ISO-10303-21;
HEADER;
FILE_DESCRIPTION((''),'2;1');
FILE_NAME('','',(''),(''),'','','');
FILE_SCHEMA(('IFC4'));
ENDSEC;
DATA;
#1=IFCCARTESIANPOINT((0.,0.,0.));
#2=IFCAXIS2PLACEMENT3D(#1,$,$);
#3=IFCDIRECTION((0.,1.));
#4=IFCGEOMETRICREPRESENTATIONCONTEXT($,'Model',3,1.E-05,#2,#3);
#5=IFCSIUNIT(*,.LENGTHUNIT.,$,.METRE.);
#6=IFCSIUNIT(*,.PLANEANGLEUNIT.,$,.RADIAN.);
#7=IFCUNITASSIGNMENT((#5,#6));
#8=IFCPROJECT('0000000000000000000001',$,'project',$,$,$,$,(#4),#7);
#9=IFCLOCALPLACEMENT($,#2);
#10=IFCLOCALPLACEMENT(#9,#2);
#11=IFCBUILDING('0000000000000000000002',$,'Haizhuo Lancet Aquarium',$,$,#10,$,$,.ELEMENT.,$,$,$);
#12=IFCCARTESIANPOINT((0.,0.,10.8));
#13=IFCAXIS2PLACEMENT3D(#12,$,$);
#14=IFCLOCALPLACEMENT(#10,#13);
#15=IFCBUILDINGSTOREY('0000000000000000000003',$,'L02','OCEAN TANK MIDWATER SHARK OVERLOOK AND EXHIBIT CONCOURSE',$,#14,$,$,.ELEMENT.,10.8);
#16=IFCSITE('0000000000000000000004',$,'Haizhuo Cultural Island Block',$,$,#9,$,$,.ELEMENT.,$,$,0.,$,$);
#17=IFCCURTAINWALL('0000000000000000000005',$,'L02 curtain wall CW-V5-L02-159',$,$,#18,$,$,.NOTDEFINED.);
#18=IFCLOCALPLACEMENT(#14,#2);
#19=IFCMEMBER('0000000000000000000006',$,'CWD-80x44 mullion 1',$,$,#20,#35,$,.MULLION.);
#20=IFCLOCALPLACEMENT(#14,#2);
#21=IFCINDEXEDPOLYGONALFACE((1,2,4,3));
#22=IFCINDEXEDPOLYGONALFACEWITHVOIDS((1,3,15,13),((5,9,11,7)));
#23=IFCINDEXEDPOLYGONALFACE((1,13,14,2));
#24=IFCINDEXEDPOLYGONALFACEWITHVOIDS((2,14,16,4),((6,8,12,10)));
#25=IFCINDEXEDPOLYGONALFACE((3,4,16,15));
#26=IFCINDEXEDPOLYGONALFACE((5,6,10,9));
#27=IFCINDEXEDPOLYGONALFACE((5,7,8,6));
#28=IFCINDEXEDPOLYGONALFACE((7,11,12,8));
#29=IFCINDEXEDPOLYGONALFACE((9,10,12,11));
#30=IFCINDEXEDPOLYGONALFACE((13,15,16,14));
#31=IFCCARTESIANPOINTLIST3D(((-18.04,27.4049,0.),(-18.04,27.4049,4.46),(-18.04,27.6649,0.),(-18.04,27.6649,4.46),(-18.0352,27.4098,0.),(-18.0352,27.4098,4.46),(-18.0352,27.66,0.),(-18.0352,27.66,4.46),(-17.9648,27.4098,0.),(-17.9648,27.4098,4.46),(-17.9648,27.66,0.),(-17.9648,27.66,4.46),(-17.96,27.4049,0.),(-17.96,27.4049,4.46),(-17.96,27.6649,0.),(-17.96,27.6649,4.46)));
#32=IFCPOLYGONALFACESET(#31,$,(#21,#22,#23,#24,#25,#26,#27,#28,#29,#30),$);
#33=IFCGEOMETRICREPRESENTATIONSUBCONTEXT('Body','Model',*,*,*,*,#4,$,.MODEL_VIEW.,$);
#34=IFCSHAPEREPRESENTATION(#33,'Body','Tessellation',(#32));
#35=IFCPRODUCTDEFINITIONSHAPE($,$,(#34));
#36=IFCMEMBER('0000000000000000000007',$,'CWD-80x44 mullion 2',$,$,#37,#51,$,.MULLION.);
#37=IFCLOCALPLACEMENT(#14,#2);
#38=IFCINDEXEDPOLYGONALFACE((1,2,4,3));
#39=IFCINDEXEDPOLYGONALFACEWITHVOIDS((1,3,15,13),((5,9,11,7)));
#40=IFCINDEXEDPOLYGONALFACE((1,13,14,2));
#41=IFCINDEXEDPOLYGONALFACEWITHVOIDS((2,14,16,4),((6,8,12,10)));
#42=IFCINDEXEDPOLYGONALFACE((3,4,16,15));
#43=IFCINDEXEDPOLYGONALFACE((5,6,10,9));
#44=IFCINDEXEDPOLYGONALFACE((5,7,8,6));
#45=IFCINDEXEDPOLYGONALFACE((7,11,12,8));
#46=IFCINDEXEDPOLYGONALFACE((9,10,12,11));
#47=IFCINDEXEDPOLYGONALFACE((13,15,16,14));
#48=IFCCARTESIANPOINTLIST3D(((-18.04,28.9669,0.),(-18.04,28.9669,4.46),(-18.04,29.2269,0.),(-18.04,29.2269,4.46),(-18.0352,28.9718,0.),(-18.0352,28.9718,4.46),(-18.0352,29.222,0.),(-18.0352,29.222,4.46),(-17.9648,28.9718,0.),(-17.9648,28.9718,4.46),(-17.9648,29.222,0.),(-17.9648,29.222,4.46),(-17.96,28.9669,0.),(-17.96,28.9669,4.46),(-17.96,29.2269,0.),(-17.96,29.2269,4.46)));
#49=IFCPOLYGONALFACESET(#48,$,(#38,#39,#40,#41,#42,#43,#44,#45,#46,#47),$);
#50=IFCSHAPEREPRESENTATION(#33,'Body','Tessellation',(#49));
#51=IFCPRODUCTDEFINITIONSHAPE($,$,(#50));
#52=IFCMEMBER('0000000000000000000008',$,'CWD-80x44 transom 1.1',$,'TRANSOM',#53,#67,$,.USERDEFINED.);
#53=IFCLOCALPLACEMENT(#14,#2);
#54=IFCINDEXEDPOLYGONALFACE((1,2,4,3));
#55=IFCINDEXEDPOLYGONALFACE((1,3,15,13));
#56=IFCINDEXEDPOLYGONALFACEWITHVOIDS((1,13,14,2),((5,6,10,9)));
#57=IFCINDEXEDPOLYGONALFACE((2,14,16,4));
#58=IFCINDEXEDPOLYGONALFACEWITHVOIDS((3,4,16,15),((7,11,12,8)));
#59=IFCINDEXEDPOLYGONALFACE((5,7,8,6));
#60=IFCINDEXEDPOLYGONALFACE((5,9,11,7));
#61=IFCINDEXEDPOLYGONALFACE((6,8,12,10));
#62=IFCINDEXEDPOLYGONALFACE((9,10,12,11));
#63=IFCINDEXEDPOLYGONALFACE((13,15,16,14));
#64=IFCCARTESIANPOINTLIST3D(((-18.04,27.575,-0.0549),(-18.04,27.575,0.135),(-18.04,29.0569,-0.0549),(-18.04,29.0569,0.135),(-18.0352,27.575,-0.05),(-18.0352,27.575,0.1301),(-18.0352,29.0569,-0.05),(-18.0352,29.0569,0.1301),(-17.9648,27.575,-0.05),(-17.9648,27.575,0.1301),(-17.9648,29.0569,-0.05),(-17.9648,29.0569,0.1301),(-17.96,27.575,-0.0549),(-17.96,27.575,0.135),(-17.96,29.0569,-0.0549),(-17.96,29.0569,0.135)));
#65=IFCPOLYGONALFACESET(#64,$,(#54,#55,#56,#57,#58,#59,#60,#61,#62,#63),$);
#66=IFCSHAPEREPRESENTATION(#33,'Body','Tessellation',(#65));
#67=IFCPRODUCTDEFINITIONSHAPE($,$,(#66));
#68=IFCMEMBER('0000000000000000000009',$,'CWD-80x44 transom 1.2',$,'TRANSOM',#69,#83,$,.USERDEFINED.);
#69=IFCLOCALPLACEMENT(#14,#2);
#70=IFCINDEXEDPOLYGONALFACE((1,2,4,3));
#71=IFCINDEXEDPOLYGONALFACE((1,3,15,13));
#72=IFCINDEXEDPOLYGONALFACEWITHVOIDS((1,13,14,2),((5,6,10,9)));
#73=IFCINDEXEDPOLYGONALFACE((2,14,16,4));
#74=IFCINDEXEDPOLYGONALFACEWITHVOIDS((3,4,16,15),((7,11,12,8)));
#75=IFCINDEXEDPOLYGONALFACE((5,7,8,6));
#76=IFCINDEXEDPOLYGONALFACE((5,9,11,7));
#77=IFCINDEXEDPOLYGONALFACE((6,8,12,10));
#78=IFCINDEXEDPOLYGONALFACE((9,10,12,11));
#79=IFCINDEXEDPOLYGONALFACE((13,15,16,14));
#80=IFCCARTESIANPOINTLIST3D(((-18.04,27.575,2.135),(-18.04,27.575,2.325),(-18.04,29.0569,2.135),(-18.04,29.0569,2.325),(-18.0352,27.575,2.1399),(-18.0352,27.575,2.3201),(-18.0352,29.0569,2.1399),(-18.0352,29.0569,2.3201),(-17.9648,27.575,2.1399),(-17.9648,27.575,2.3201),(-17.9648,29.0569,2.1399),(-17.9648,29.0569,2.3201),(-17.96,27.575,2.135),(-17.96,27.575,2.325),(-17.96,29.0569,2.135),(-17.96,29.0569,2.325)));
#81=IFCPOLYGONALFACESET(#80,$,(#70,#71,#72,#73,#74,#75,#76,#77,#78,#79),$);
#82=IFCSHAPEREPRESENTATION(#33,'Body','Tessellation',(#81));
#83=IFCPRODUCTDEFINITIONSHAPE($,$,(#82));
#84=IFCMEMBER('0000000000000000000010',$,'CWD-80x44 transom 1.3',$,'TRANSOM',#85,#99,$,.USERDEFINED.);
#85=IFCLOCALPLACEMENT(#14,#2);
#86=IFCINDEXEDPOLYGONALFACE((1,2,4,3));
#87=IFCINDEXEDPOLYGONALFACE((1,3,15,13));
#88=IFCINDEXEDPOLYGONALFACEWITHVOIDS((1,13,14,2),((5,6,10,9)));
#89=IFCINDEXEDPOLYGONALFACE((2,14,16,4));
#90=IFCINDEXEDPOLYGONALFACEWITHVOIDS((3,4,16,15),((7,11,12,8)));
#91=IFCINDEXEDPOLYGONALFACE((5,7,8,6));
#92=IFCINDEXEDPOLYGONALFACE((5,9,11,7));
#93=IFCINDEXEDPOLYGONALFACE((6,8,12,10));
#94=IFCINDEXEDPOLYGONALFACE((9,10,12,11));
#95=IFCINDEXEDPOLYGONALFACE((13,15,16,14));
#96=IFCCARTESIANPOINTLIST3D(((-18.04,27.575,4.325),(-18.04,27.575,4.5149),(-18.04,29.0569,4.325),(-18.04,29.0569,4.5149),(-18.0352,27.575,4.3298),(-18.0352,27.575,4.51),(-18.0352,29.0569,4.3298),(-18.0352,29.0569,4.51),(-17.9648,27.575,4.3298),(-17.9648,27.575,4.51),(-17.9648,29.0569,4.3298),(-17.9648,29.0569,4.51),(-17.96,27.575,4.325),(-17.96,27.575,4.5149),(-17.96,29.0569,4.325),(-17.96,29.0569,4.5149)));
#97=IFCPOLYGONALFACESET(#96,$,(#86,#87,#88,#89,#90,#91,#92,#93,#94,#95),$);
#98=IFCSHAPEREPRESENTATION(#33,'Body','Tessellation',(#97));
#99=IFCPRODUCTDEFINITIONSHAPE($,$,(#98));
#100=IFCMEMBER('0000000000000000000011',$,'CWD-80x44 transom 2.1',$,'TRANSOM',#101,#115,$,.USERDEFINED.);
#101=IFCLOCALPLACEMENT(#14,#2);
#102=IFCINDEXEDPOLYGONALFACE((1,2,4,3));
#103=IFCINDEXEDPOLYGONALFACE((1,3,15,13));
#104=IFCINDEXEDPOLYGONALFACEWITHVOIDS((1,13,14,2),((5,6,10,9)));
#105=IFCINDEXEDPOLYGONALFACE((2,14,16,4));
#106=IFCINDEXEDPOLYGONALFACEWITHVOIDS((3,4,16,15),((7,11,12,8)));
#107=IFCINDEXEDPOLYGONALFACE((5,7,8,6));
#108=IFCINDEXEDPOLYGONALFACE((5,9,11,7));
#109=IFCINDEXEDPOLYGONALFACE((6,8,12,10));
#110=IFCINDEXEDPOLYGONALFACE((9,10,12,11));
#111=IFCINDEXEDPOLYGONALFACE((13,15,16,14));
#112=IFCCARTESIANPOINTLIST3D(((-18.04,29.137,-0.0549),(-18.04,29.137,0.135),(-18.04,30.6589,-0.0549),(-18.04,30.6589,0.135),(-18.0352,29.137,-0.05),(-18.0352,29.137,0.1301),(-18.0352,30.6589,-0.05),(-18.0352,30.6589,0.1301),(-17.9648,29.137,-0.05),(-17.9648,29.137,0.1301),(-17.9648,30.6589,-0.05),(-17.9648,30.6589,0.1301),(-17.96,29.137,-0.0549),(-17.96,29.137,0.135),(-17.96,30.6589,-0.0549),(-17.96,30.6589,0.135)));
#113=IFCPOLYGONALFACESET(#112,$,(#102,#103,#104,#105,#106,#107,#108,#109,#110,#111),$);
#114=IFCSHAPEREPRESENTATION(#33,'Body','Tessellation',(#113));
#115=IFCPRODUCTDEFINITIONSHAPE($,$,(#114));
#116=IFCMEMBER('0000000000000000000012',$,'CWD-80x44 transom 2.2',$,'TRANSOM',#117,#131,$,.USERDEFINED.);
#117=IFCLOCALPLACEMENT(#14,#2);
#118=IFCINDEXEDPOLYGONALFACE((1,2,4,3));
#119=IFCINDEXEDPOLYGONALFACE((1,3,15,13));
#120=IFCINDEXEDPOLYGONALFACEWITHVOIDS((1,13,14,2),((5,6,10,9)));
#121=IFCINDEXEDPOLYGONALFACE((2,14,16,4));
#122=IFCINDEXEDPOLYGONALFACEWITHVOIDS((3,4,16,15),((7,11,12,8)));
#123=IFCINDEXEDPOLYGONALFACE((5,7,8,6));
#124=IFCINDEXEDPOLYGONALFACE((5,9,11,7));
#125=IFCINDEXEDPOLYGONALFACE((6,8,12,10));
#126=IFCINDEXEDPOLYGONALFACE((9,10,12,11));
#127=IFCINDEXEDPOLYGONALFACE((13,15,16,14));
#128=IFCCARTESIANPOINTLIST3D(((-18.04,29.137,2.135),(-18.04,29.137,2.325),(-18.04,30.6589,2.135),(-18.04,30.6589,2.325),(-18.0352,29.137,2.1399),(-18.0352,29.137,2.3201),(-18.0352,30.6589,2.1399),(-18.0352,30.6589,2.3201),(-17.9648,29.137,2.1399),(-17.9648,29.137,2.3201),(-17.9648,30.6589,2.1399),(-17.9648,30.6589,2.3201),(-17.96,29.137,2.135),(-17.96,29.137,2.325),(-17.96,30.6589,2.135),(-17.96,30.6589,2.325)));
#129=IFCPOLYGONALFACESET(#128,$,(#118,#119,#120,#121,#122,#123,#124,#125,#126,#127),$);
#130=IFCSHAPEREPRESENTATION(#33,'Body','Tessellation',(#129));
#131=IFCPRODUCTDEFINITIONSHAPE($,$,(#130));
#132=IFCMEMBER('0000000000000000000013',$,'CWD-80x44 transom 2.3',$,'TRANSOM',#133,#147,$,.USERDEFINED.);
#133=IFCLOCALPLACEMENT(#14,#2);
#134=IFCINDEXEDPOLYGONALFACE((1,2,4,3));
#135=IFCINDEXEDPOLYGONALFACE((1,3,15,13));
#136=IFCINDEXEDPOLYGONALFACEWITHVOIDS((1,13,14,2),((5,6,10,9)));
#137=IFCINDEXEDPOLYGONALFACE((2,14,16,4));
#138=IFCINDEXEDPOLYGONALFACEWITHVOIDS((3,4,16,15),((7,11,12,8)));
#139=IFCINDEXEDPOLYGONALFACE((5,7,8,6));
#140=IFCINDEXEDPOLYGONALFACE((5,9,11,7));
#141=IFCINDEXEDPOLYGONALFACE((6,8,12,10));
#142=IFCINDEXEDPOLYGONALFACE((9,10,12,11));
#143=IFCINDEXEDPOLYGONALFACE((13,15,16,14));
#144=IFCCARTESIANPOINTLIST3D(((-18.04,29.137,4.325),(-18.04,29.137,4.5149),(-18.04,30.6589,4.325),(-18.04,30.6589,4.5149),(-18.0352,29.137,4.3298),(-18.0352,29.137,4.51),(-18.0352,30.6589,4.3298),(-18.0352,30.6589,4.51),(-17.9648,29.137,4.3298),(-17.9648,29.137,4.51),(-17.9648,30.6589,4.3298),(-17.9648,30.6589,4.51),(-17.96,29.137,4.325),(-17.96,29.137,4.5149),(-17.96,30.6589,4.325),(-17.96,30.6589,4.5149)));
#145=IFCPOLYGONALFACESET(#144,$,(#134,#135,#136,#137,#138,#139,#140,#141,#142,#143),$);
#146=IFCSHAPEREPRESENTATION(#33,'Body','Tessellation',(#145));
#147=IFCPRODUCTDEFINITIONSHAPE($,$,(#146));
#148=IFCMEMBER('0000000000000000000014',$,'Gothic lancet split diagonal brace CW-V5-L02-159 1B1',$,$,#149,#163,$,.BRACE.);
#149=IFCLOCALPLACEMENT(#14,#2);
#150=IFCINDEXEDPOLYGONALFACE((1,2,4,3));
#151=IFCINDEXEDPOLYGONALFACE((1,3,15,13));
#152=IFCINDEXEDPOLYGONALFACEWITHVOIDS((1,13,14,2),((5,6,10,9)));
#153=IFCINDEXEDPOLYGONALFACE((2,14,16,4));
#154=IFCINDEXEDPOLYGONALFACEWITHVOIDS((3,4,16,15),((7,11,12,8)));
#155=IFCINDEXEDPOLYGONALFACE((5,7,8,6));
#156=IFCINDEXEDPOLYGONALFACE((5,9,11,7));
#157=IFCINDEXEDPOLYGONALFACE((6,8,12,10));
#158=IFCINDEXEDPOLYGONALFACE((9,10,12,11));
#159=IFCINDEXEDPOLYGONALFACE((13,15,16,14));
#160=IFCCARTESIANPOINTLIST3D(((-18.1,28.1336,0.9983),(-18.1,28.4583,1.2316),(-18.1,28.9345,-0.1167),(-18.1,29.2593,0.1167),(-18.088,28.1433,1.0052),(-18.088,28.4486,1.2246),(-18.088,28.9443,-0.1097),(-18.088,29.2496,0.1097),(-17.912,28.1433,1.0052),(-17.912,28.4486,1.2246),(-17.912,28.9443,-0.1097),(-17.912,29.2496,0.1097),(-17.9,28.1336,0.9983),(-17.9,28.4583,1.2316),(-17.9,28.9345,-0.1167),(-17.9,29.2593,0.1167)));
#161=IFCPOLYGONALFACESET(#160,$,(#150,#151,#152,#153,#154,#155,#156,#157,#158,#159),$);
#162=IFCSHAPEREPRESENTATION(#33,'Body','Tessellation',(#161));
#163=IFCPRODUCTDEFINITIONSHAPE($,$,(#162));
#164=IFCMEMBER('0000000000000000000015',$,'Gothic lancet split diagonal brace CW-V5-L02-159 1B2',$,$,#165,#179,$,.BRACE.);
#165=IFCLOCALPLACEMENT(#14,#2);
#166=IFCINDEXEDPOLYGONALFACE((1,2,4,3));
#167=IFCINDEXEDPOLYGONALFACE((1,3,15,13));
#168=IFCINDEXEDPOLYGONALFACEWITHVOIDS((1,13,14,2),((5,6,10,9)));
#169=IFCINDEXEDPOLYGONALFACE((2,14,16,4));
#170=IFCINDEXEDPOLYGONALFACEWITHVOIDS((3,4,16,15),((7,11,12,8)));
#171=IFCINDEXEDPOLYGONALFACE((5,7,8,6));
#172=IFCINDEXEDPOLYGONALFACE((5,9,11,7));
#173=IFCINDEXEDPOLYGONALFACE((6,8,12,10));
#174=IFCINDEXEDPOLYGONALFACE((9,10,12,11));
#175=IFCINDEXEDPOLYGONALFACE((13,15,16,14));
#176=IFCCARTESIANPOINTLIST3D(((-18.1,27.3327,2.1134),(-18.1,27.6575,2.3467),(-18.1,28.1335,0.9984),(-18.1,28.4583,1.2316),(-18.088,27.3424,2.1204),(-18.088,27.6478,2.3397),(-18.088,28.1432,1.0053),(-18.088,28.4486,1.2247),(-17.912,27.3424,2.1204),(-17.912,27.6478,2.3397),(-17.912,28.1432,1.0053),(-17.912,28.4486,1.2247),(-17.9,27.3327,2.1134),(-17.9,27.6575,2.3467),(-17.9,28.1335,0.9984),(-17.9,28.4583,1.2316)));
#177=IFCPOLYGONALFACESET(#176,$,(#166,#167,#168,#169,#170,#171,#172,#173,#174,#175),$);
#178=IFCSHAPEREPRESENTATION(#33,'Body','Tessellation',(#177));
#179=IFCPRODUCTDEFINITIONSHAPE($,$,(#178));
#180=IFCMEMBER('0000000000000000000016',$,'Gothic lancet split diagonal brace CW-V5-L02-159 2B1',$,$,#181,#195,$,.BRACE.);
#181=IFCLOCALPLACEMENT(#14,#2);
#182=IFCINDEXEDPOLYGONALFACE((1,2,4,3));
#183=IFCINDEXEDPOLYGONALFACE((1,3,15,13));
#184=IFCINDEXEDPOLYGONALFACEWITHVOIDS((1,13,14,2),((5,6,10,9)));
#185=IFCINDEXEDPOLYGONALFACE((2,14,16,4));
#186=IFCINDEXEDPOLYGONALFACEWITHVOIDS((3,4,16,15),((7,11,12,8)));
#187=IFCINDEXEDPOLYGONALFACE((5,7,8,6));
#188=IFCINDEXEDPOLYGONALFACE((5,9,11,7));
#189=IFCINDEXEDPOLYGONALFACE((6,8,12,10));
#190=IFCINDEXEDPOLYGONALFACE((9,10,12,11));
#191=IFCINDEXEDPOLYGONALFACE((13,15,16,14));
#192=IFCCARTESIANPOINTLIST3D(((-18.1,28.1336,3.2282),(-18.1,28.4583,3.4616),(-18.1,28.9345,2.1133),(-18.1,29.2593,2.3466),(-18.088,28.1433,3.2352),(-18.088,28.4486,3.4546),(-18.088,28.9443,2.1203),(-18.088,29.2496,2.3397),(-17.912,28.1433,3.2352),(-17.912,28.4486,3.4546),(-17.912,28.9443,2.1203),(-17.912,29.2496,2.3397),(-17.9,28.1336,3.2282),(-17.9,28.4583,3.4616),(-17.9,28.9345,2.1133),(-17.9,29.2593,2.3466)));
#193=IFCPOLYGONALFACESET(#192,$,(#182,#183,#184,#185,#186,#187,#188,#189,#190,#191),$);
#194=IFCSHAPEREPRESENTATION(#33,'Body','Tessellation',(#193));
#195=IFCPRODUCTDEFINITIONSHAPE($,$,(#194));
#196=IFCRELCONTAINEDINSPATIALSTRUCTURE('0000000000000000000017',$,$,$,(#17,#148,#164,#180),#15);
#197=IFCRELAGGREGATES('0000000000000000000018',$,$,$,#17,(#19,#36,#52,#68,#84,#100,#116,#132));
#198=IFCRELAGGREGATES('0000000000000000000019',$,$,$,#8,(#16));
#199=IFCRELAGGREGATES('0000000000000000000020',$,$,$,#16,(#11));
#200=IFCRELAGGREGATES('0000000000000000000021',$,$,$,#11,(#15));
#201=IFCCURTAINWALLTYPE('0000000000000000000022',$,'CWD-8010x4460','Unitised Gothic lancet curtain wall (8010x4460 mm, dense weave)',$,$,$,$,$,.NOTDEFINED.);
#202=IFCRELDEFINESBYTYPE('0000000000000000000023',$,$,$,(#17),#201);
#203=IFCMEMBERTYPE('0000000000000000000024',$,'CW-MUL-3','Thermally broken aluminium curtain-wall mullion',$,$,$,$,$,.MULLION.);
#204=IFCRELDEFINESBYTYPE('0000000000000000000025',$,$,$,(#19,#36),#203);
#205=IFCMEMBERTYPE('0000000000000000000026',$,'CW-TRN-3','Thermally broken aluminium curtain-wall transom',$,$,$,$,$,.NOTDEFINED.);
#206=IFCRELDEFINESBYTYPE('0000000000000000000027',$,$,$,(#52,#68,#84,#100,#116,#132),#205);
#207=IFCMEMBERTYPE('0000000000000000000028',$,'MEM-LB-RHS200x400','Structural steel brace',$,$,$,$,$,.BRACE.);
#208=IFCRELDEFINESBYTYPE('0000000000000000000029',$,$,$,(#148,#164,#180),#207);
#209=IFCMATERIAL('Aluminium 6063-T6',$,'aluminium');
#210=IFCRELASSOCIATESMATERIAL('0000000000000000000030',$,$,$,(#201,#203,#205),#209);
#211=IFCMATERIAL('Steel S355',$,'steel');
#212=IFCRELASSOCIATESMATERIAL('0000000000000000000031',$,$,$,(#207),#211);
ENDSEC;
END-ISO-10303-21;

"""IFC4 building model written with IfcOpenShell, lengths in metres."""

from ifc_helpers import new_model, si_unit, direction, frame, origin, origin_2d, place, context, subcontext, project, spatial, hollow_rectangle, extrude, material, material_profile, profile_set, type_object, element, aggregate, save


model = new_model("IFC4")

# Units and contexts
model_context = context("Model", 3, precision=1e-05, world=origin(), true_north=direction((0.0, 1.0)))
body_context = subcontext(model_context, "Body", "Model", "MODEL_VIEW")
ifc_project = project(units=[si_unit("LENGTHUNIT", "METRE"), si_unit("PLANEANGLEUNIT", "RADIAN")], contexts=[model_context])

# Site, building, storey
site_placement = place(None, origin())
site = spatial("IfcSite", under=ifc_project, at=site_placement, Name="Haizhuo Cultural Island Block", CompositionType="ELEMENT", RefElevation=0.0)
building_placement = place(site_placement, origin())
building = spatial("IfcBuilding", under=site, at=building_placement, Name="Haizhuo Lancet Aquarium", CompositionType="ELEMENT")
storey_placement = place(building_placement, frame((0.0, 0.0, 10.8)))
storey = spatial("IfcBuildingStorey", under=building, at=storey_placement, Name="L02", Description="OCEAN TANK MIDWATER SHARK OVERLOOK AND EXHIBIT CONCOURSE", CompositionType="ELEMENT", Elevation=10.8)

# Curtain wall, members
ifc_material_1 = material(Name="Aluminium 6063-T6", Category="aluminium")
curtain_wall_type = type_object("IfcCurtainWallType", Name="CWD-8010x4460", Description="Unitised Gothic lancet curtain wall (8010x4460 mm, dense weave)", PredefinedType="NOTDEFINED", material=ifc_material_1)
curtain_wall_placement = place(storey_placement, origin())
curtain_wall = element("IfcCurtainWall", 1, at=curtain_wall_placement, inside=storey, type_object=curtain_wall_type, Name="L02 curtain wall CW-V5-L02-159", PredefinedType="NOTDEFINED")
ifc_material_profile_1 = material_profile(ifc_material_1, hollow_rectangle(XDim=0.0801, YDim=0.26, WallThickness=0.0049, at=origin_2d()), Name="ALU-M 80x260x5")
ifc_profile_set_1 = profile_set([ifc_material_profile_1], Name="Aluminium 6063-T6")
member_type_1 = type_object("IfcMemberType", Name="CW-MUL-3", Description="Thermally broken aluminium curtain-wall mullion", PredefinedType="MULLION", material=ifc_profile_set_1)
member_1_placement = place(storey_placement, frame((-18.0, 27.5349, 0.0), z_axis=(0.0, 0.0, 1.0), x_axis=(-1.0, 0.0, 0.0)))
member_1 = element("IfcMember", 2, at=member_1_placement, type_object=member_type_1, Name="CWD-80x44 mullion 1", PredefinedType="MULLION", context=body_context, shape_type="SweptSolid", body=[
    extrude(hollow_rectangle(XDim=0.0801, YDim=0.26, WallThickness=0.0049, at=origin_2d()), origin(), (0.0, 0.0, 1.0), 4.46),
])
member_2_placement = place(storey_placement, frame((-18.0, 29.0969, 0.0), z_axis=(0.0, 0.0, 1.0), x_axis=(-1.0, 0.0, 0.0)))
member_2 = element("IfcMember", 3, at=member_2_placement, type_object=member_type_1, Name="CWD-80x44 mullion 2", PredefinedType="MULLION", context=body_context, shape_type="SweptSolid", body=[
    extrude(hollow_rectangle(XDim=0.0801, YDim=0.26, WallThickness=0.0049, at=origin_2d()), origin(), (0.0, 0.0, 1.0), 4.46),
])
ifc_material_profile_2 = material_profile(ifc_material_1, hollow_rectangle(XDim=0.0801, YDim=0.1899, WallThickness=0.0049, at=origin_2d()), Name="ALU-T 80x190x5")
ifc_profile_set_2 = profile_set([ifc_material_profile_2], Name="Aluminium 6063-T6")
member_type_2 = type_object("IfcMemberType", Name="CW-TRN-3", Description="Thermally broken aluminium curtain-wall transom", PredefinedType="NOTDEFINED", material=ifc_profile_set_2)
member_3_placement = place(storey_placement, frame((-18.0, 27.575, 0.04), z_axis=(0.0, 1.0, 0.0), x_axis=(-1.0, 0.0, 0.0)))
member_3 = element("IfcMember", 4, at=member_3_placement, type_object=member_type_2, Name="CWD-80x44 transom 1.1", ObjectType="TRANSOM", PredefinedType="USERDEFINED", context=body_context, shape_type="SweptSolid", body=[
    extrude(hollow_rectangle(XDim=0.0801, YDim=0.1899, WallThickness=0.0049, at=origin_2d()), origin(), (0.0, 0.0, 1.0), 1.4819),
])
member_4_placement = place(storey_placement, frame((-18.0, 27.575, 2.23), z_axis=(0.0, 1.0, 0.0), x_axis=(-1.0, 0.0, 0.0)))
member_4 = element("IfcMember", 5, at=member_4_placement, type_object=member_type_2, Name="CWD-80x44 transom 1.2", ObjectType="TRANSOM", PredefinedType="USERDEFINED", context=body_context, shape_type="SweptSolid", body=[
    extrude(hollow_rectangle(XDim=0.0801, YDim=0.1899, WallThickness=0.0049, at=origin_2d()), origin(), (0.0, 0.0, 1.0), 1.4819),
])
member_5_placement = place(storey_placement, frame((-18.0, 27.575, 4.4199), z_axis=(0.0, 1.0, 0.0), x_axis=(-1.0, 0.0, 0.0)))
member_5 = element("IfcMember", 6, at=member_5_placement, type_object=member_type_2, Name="CWD-80x44 transom 1.3", ObjectType="TRANSOM", PredefinedType="USERDEFINED", context=body_context, shape_type="SweptSolid", body=[
    extrude(hollow_rectangle(XDim=0.0801, YDim=0.1899, WallThickness=0.0049, at=origin_2d()), origin(), (0.0, 0.0, 1.0), 1.4819),
])
member_6_placement = place(storey_placement, frame((-18.0, 29.137, 0.04), z_axis=(0.0, 1.0, 0.0), x_axis=(-1.0, 0.0, 0.0)))
member_6 = element("IfcMember", 7, at=member_6_placement, type_object=member_type_2, Name="CWD-80x44 transom 2.1", ObjectType="TRANSOM", PredefinedType="USERDEFINED", context=body_context, shape_type="SweptSolid", body=[
    extrude(hollow_rectangle(XDim=0.0801, YDim=0.1899, WallThickness=0.0049, at=origin_2d()), origin(), (0.0, 0.0, 1.0), 1.522),
])
member_7_placement = place(storey_placement, frame((-18.0, 29.137, 2.23), z_axis=(0.0, 1.0, 0.0), x_axis=(-1.0, 0.0, 0.0)))
member_7 = element("IfcMember", 8, at=member_7_placement, type_object=member_type_2, Name="CWD-80x44 transom 2.2", ObjectType="TRANSOM", PredefinedType="USERDEFINED", context=body_context, shape_type="SweptSolid", body=[
    extrude(hollow_rectangle(XDim=0.0801, YDim=0.1899, WallThickness=0.0049, at=origin_2d()), origin(), (0.0, 0.0, 1.0), 1.522),
])
member_8_placement = place(storey_placement, frame((-18.0, 29.137, 4.4199), z_axis=(0.0, 1.0, 0.0), x_axis=(-1.0, 0.0, 0.0)))
member_8 = element("IfcMember", 9, at=member_8_placement, type_object=member_type_2, Name="CWD-80x44 transom 2.3", ObjectType="TRANSOM", PredefinedType="USERDEFINED", context=body_context, shape_type="SweptSolid", body=[
    extrude(hollow_rectangle(XDim=0.0801, YDim=0.1899, WallThickness=0.0049, at=origin_2d()), origin(), (0.0, 0.0, 1.0), 1.522),
])

# Members
ifc_material_2 = material(Name="Steel S355", Category="steel")
ifc_material_profile_3 = material_profile(ifc_material_2, hollow_rectangle(XDim=0.2, YDim=0.3999, WallThickness=0.012, at=origin_2d()), Name="RHS 200x400x12")
ifc_profile_set_3 = profile_set([ifc_material_profile_3], Name="Steel S355")
member_type_3 = type_object("IfcMemberType", Name="MEM-LB-RHS200x400", Description="Structural steel brace", PredefinedType="BRACE", material=ifc_profile_set_3)
for number, where, z_axis, x_axis, name in (
    (10, (-18.0, 29.0969, 0.0), (0.0, -0.583456, 0.812144), (1.0, 0.0, 0.0), "Gothic lancet split diagonal brace CW-V5-L02-159 1B1"),
    (11, (-18.0, 28.2959, 1.115), (0.0, -0.583339, 0.812229), (1.0, 0.0, 0.0), "Gothic lancet split diagonal brace CW-V5-L02-159 1B2"),
    (12, (-18.0, 29.0969, 2.23), (0.0, -0.583456, 0.812144), (1.0, 0.0, 0.0), "Gothic lancet split diagonal brace CW-V5-L02-159 2B1"),
):
    element("IfcMember", number, at=place(storey_placement, frame(where, z_axis=z_axis, x_axis=x_axis)), inside=storey, type_object=member_type_3, Name=name, PredefinedType="BRACE", context=body_context, shape_type="SweptSolid", body=[
        extrude(hollow_rectangle(XDim=0.2, YDim=0.3999, WallThickness=0.012, at=origin_2d()), origin(), (0.0, 0.0, 1.0), 1.3728),
    ])

aggregate(curtain_wall, [member_1, member_2, member_3, member_4, member_5, member_6, member_7, member_8])

save(model, "model.ifc")
